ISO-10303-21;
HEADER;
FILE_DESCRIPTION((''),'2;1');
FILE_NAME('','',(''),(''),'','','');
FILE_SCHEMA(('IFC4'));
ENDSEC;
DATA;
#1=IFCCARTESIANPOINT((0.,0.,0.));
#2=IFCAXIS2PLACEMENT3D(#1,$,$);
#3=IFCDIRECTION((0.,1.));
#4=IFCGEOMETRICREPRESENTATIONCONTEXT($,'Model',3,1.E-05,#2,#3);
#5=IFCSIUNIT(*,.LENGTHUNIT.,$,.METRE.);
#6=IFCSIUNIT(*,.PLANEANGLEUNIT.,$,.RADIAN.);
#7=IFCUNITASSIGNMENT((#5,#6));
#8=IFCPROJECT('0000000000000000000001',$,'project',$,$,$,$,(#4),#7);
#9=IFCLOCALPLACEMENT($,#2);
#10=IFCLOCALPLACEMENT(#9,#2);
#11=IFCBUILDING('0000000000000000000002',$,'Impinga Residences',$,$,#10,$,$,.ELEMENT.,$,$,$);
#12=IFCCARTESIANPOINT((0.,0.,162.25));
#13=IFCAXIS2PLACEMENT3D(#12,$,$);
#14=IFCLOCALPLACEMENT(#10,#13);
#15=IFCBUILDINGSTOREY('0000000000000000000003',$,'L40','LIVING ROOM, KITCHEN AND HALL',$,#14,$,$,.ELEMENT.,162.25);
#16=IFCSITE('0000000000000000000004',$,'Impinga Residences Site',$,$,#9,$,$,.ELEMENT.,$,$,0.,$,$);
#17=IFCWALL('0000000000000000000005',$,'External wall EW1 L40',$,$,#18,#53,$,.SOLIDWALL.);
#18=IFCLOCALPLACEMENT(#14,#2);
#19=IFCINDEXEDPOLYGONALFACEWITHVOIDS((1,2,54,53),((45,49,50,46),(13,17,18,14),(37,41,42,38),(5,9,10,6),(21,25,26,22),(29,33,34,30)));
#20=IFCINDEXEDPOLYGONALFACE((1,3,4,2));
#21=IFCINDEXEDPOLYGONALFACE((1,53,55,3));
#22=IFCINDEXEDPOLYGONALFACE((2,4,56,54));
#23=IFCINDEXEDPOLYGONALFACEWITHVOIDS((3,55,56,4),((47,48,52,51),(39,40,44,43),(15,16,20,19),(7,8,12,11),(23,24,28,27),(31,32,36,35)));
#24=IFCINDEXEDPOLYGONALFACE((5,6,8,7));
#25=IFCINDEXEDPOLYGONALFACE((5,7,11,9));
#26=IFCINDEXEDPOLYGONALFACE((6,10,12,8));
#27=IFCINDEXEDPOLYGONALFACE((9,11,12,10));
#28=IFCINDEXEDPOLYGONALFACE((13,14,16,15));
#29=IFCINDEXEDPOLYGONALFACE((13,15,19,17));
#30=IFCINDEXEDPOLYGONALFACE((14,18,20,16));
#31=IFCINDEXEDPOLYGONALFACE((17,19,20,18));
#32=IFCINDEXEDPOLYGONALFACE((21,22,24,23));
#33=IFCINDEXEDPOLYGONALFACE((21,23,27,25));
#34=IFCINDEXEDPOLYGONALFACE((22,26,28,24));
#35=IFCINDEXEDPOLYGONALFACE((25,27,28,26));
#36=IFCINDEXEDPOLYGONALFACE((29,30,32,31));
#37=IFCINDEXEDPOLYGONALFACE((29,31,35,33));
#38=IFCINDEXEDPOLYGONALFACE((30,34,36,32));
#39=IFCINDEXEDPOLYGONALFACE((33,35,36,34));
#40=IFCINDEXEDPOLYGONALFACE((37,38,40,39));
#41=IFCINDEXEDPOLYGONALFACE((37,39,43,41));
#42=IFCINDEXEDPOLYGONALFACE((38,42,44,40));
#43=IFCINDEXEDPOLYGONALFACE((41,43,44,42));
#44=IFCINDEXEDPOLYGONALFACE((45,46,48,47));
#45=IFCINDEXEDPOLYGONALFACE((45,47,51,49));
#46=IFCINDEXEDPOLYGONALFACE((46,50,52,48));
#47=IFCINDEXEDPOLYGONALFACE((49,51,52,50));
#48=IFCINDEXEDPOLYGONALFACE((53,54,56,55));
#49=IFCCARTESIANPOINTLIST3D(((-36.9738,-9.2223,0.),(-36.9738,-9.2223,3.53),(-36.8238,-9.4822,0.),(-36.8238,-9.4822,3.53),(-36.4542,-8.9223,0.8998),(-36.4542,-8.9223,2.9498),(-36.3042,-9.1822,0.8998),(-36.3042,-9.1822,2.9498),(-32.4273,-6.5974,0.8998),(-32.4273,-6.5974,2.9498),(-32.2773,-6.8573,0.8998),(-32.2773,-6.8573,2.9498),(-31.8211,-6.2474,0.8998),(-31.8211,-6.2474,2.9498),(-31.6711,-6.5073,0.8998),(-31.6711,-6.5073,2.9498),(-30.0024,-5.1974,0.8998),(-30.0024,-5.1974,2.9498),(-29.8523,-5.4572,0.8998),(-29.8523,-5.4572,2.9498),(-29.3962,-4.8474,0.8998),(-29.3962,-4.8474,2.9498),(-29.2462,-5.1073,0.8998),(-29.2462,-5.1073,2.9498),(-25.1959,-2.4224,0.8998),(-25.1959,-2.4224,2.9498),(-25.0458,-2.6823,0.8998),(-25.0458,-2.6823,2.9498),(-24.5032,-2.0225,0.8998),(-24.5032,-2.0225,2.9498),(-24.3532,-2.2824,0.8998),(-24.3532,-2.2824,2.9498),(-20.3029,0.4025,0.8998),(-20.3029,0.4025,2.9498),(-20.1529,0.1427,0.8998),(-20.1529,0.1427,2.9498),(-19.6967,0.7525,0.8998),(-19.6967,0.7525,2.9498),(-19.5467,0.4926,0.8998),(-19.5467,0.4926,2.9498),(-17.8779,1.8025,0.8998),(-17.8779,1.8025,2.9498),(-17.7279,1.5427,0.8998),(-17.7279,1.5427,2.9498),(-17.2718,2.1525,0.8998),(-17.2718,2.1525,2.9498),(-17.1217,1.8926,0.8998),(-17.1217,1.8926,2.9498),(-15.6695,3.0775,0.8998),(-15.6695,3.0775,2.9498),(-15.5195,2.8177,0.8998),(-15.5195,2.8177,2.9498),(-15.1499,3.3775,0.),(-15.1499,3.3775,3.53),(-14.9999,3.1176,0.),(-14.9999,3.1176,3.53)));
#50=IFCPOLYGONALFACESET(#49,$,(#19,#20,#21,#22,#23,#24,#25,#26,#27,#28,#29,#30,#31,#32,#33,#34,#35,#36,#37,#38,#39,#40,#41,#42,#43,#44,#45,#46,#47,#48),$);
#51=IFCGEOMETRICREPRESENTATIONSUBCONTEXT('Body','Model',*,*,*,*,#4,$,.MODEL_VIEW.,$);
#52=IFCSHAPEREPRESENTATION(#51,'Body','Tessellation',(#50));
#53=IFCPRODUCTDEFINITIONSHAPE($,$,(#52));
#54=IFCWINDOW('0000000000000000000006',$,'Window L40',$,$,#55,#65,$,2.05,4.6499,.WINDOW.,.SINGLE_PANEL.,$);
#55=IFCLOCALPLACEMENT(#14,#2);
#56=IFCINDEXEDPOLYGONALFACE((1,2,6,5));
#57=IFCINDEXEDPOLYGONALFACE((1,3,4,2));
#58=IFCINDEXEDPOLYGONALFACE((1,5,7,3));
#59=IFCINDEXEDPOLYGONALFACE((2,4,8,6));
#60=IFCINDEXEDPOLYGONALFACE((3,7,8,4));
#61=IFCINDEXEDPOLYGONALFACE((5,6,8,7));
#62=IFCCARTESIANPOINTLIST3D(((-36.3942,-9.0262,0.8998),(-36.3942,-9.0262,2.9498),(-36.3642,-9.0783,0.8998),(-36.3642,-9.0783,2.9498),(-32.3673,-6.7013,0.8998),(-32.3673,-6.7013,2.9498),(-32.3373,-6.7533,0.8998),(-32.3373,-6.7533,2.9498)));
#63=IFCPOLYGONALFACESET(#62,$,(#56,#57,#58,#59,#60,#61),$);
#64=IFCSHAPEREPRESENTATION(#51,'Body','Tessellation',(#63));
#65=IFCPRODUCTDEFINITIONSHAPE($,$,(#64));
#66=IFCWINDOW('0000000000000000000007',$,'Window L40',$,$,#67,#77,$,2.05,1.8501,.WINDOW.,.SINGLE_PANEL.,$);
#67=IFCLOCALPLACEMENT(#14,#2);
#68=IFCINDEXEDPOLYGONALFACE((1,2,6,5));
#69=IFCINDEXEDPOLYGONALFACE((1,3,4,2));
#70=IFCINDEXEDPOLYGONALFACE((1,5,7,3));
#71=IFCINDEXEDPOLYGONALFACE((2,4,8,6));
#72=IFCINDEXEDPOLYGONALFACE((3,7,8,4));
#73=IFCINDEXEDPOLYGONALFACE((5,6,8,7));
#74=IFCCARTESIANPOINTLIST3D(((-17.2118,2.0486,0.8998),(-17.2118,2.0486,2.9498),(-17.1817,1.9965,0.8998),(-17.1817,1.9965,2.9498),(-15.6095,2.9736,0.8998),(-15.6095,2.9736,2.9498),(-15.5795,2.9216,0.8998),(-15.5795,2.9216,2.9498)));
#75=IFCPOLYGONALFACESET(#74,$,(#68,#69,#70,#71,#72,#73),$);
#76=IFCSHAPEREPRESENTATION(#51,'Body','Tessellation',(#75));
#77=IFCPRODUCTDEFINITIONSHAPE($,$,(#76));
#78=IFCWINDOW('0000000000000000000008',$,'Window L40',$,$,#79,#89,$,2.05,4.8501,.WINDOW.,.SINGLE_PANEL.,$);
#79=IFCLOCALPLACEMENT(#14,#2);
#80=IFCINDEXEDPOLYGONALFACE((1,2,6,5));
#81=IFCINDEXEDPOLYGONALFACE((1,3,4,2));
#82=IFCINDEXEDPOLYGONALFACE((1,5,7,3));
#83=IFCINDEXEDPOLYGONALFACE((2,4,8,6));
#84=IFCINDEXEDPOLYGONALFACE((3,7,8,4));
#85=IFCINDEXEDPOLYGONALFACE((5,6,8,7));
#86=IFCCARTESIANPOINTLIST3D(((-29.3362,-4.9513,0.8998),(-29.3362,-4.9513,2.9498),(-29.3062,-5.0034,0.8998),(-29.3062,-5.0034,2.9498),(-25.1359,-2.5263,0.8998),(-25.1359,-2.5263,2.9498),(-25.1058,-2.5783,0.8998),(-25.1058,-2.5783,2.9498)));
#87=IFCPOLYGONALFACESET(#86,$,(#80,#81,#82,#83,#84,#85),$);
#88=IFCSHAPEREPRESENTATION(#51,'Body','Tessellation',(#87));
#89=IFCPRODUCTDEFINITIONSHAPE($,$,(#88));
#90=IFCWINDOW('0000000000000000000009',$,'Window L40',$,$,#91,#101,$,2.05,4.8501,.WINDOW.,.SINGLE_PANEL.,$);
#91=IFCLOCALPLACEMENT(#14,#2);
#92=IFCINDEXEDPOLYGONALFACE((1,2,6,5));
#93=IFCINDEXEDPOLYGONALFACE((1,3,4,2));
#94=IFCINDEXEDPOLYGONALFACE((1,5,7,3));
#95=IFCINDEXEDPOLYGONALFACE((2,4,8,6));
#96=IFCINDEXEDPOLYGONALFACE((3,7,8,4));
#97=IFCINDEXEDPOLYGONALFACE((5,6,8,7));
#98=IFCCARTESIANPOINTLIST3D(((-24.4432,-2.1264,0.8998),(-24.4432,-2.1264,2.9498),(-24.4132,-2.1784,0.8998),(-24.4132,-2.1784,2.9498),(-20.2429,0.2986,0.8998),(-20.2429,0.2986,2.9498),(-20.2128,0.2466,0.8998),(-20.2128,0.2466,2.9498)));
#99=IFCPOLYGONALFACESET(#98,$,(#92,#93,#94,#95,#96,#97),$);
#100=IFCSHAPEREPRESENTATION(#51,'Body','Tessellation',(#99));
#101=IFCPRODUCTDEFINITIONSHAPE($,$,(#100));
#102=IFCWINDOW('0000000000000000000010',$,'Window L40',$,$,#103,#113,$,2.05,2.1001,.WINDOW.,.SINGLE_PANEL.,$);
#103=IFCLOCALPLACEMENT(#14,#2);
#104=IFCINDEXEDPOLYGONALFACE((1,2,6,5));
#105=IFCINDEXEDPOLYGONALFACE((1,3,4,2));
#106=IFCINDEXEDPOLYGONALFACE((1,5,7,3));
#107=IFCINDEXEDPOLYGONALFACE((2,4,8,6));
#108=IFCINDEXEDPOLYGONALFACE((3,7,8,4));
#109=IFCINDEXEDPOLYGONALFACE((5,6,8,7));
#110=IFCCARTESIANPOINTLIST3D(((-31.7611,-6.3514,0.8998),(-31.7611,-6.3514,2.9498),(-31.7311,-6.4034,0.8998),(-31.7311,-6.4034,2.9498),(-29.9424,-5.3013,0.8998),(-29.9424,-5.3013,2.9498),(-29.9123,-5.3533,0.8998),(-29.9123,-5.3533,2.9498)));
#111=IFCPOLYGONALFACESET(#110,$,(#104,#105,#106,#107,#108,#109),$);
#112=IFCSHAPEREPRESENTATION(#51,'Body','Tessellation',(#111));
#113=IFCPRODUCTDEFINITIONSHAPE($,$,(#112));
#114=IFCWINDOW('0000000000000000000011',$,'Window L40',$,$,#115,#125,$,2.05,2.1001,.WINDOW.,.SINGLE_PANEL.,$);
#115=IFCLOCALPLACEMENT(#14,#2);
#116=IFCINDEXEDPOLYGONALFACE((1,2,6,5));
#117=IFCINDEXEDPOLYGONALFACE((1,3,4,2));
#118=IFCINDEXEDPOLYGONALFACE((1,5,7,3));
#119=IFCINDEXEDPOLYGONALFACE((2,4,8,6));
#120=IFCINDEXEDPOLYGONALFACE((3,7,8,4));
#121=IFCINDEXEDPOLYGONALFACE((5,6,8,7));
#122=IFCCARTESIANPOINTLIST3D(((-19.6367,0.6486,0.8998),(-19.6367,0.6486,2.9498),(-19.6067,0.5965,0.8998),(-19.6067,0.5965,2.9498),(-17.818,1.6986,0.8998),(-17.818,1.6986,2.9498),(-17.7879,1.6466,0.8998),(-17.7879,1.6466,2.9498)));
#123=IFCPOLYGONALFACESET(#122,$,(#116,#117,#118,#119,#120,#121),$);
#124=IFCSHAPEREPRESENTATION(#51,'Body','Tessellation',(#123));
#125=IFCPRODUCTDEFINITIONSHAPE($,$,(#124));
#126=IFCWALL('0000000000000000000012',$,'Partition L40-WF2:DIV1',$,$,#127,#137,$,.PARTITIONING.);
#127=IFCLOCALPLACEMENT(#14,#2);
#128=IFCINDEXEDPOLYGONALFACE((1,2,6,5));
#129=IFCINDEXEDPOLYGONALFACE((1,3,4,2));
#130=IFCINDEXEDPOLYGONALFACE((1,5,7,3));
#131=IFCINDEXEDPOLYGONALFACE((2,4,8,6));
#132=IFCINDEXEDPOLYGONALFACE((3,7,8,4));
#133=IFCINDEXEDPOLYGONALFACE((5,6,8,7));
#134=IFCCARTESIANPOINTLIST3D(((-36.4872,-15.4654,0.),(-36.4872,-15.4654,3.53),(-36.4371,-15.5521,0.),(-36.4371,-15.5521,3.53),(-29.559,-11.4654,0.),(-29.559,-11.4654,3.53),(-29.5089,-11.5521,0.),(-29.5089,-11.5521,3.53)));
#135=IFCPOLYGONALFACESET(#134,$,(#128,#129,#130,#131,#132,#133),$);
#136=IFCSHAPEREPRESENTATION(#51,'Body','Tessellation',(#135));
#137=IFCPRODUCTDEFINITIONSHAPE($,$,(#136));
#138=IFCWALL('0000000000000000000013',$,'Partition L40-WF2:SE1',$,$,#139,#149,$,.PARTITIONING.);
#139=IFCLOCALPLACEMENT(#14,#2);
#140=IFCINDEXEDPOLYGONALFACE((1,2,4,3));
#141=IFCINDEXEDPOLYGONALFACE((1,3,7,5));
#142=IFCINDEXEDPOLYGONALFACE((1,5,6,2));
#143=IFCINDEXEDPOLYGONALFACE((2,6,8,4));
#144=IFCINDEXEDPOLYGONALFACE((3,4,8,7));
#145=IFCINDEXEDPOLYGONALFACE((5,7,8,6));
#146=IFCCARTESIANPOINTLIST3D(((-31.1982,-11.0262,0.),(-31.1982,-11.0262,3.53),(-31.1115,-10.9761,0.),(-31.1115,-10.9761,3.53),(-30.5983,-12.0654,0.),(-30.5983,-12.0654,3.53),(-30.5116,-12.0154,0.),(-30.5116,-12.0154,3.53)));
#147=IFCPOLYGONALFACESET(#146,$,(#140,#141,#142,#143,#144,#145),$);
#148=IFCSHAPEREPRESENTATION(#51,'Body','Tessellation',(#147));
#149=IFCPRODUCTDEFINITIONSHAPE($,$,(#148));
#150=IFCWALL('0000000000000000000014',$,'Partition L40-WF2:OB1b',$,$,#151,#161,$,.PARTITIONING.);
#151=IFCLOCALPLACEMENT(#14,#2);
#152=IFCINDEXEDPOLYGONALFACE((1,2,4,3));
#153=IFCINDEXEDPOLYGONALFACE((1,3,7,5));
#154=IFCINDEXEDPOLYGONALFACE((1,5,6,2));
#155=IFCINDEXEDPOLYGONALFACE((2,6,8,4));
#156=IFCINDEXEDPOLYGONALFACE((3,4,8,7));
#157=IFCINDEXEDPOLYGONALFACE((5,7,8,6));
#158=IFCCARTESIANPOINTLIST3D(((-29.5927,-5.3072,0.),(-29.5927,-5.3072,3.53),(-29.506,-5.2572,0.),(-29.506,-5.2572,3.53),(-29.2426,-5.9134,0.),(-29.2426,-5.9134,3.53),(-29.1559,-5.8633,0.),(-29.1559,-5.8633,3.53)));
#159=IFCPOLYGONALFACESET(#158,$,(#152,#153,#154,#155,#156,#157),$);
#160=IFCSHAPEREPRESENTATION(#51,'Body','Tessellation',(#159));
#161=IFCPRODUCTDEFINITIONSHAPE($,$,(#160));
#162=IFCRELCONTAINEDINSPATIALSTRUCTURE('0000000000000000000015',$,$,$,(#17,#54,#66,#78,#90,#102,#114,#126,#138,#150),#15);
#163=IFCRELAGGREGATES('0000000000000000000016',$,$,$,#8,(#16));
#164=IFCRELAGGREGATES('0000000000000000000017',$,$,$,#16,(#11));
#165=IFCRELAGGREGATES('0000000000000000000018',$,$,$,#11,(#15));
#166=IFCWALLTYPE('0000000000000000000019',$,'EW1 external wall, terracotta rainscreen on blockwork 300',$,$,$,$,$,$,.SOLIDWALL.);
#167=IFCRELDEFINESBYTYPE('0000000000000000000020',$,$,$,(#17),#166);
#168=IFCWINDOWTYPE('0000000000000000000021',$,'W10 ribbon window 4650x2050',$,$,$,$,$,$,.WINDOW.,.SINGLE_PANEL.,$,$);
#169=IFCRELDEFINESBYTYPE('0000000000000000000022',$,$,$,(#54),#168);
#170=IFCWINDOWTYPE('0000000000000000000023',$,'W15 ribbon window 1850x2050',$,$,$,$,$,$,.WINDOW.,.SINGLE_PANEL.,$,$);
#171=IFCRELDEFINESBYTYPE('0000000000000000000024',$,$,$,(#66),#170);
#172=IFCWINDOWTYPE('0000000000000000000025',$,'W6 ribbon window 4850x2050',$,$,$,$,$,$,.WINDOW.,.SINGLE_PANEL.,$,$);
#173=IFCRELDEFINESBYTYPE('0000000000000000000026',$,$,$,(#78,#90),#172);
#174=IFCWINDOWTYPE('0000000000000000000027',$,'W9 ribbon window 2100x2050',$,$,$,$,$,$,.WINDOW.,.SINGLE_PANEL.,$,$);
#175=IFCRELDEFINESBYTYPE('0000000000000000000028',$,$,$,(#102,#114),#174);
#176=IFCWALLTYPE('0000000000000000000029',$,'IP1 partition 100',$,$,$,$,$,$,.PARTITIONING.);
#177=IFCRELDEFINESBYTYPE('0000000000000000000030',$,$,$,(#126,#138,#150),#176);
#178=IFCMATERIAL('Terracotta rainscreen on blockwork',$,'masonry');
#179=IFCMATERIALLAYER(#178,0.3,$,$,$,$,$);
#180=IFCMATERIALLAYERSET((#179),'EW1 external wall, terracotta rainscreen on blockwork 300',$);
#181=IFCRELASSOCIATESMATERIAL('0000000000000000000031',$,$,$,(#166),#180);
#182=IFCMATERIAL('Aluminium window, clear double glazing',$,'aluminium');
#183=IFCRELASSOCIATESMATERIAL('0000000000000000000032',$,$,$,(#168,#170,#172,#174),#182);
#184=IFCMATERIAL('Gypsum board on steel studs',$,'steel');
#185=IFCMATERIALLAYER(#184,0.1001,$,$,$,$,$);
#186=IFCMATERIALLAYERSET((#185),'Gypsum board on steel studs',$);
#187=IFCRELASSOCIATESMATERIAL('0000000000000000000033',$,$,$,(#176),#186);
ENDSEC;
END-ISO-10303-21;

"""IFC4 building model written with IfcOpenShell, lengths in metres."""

from ifc_helpers import new_model, si_unit, direction, frame, frame_2d, origin, place, context, subcontext, project, spatial, rectangle, extrude, material, layer, layer_set, type_object, element, fill, save


model = new_model("IFC4")

# Units and contexts
model_context = context("Model", 3, precision=1e-05, world=origin(), true_north=direction((0.0, 1.0)))
body_context = subcontext(model_context, "Body", "Model", "MODEL_VIEW")
ifc_project = project(units=[si_unit("LENGTHUNIT", "METRE"), si_unit("PLANEANGLEUNIT", "RADIAN")], contexts=[model_context])

# Site, building, storey
site_placement = place(None, origin())
site = spatial("IfcSite", under=ifc_project, at=site_placement, Name="Impinga Residences Site", CompositionType="ELEMENT", RefElevation=0.0)
building_placement = place(site_placement, origin())
building = spatial("IfcBuilding", under=site, at=building_placement, Name="Impinga Residences", CompositionType="ELEMENT")
storey_placement = place(building_placement, frame((0.0, 0.0, 162.25)))
storey = spatial("IfcBuildingStorey", under=building, at=storey_placement, Name="L40", Description="LIVING ROOM, KITCHEN AND HALL", CompositionType="ELEMENT", Elevation=162.25)

# Shared definitions
ifc_material_1 = material(Name="Terracotta rainscreen on blockwork", Category="masonry")
ifc_layer_1 = layer(ifc_material_1, 0.3)
ifc_layer_set_1 = layer_set([ifc_layer_1], Name="EW1 external wall, terracotta rainscreen on blockwork 300")
wall_type_1 = type_object("IfcWallType", Name="EW1 external wall, terracotta rainscreen on blockwork 300", PredefinedType="SOLIDWALL", material=ifc_layer_set_1)

# Wall, openings, windows
wall_1_placement = place(storey_placement, frame((-36.8989, -9.3523, 0.0), z_axis=(0.0, 0.0, 1.0), x_axis=(0.866029, 0.499993, 0.0)))
wall_1 = element("IfcWall", 1, at=wall_1_placement, inside=storey, type_object=wall_type_1, Name="External wall EW1 L40", PredefinedType="SOLIDWALL", context=body_context, shape_type="SweptSolid", body=[
    extrude(rectangle(XDim=25.2, YDim=0.3, at=frame_2d((12.6001, 0.0))), origin(), (0.0, 0.0, 1.0), 3.53),
])
opening_1_placement = place(wall_1_placement, frame((0.6001, 0.0, 0.8999)))
opening_1 = element("IfcOpeningElement", 2, at=opening_1_placement, cuts=wall_1, PredefinedType="OPENING", context=body_context, shape_type="SweptSolid", body=[
    extrude(rectangle(XDim=4.6499, YDim=2.05, at=frame_2d((2.325, 1.0249))), frame((0.0, 0.1599, 0.0), z_axis=(0.0, -1.0, 0.0), x_axis=(1.0, 0.0, 0.0)), (0.0, 0.0, 1.0), 0.3201),
])
opening_2_placement = place(wall_1_placement, frame((5.95, 0.0, 0.8999)))
opening_2 = element("IfcOpeningElement", 3, at=opening_2_placement, cuts=wall_1, PredefinedType="OPENING", context=body_context, shape_type="SweptSolid", body=[
    extrude(rectangle(XDim=2.1001, YDim=2.05, at=frame_2d((1.05, 1.0249))), frame((0.0, 0.1599, 0.0), z_axis=(0.0, -1.0, 0.0), x_axis=(1.0, 0.0, 0.0)), (0.0, 0.0, 1.0), 0.3201),
])
opening_3_placement = place(wall_1_placement, frame((8.75, 0.0, 0.8999)))
opening_3 = element("IfcOpeningElement", 4, at=opening_3_placement, cuts=wall_1, PredefinedType="OPENING", context=body_context, shape_type="SweptSolid", body=[
    extrude(rectangle(XDim=4.8501, YDim=2.05, at=frame_2d((2.425, 1.0249))), frame((0.0, 0.1599, 0.0), z_axis=(0.0, -1.0, 0.0), x_axis=(1.0, 0.0, 0.0)), (0.0, 0.0, 1.0), 0.3201),
])
opening_4_placement = place(wall_1_placement, frame((14.3999, 0.0, 0.8999)))
opening_4 = element("IfcOpeningElement", 5, at=opening_4_placement, cuts=wall_1, PredefinedType="OPENING", context=body_context, shape_type="SweptSolid", body=[
    extrude(rectangle(XDim=4.8501, YDim=2.05, at=frame_2d((2.425, 1.0249))), frame((0.0, 0.1599, 0.0), z_axis=(0.0, -1.0, 0.0), x_axis=(1.0, 0.0, 0.0)), (0.0, 0.0, 1.0), 0.3201),
])
opening_5_placement = place(wall_1_placement, frame((19.95, 0.0, 0.8999)))
opening_5 = element("IfcOpeningElement", 6, at=opening_5_placement, cuts=wall_1, PredefinedType="OPENING", context=body_context, shape_type="SweptSolid", body=[
    extrude(rectangle(XDim=2.1001, YDim=2.05, at=frame_2d((1.05, 1.0249))), frame((0.0, 0.1599, 0.0), z_axis=(0.0, -1.0, 0.0), x_axis=(1.0, 0.0, 0.0)), (0.0, 0.0, 1.0), 0.3201),
])
opening_6_placement = place(wall_1_placement, frame((22.75, 0.0, 0.8999)))
opening_6 = element("IfcOpeningElement", 7, at=opening_6_placement, cuts=wall_1, PredefinedType="OPENING", context=body_context, shape_type="SweptSolid", body=[
    extrude(rectangle(XDim=1.8501, YDim=2.05, at=frame_2d((0.925, 1.0249))), frame((0.0, 0.1599, 0.0), z_axis=(0.0, -1.0, 0.0), x_axis=(1.0, 0.0, 0.0)), (0.0, 0.0, 1.0), 0.3201),
])
ifc_material_2 = material(Name="Aluminium window, clear double glazing", Category="aluminium")
window_type_1 = type_object("IfcWindowType", Name="W10 ribbon window 4650x2050", PartitioningType="SINGLE_PANEL", PredefinedType="WINDOW", material=ifc_material_2)
window_1_placement = place(opening_1_placement, origin())
window_1 = element("IfcWindow", 8, at=window_1_placement, inside=storey, type_object=window_type_1, Name="Window L40", OverallHeight=2.05, OverallWidth=4.6499, PartitioningType="SINGLE_PANEL", PredefinedType="WINDOW", context=body_context, shape_type="SweptSolid", body=[
    extrude(rectangle(XDim=4.6499, YDim=2.05, at=frame_2d((2.325, 1.0249))), frame((0.0, 0.03, 0.0), z_axis=(0.0, -1.0, 0.0), x_axis=(1.0, 0.0, 0.0)), (0.0, 0.0, 1.0), 0.0601),
])
fill(opening_1, window_1)
window_type_2 = type_object("IfcWindowType", Name="W15 ribbon window 1850x2050", PartitioningType="SINGLE_PANEL", PredefinedType="WINDOW", material=ifc_material_2)
window_2_placement = place(opening_6_placement, origin())
window_2 = element("IfcWindow", 9, at=window_2_placement, inside=storey, type_object=window_type_2, Name="Window L40", OverallHeight=2.05, OverallWidth=1.8501, PartitioningType="SINGLE_PANEL", PredefinedType="WINDOW", context=body_context, shape_type="SweptSolid", body=[
    extrude(rectangle(XDim=1.8501, YDim=2.05, at=frame_2d((0.925, 1.0249))), frame((0.0, 0.03, 0.0), z_axis=(0.0, -1.0, 0.0), x_axis=(1.0, 0.0, 0.0)), (0.0, 0.0, 1.0), 0.0601),
])
fill(opening_6, window_2)
window_type_3 = type_object("IfcWindowType", Name="W6 ribbon window 4850x2050", PartitioningType="SINGLE_PANEL", PredefinedType="WINDOW", material=ifc_material_2)
window_3_placement = place(opening_3_placement, origin())
window_3 = element("IfcWindow", 10, at=window_3_placement, inside=storey, type_object=window_type_3, Name="Window L40", OverallHeight=2.05, OverallWidth=4.8501, PartitioningType="SINGLE_PANEL", PredefinedType="WINDOW", context=body_context, shape_type="SweptSolid", body=[
    extrude(rectangle(XDim=4.8501, YDim=2.05, at=frame_2d((2.425, 1.0249))), frame((0.0, 0.03, 0.0), z_axis=(0.0, -1.0, 0.0), x_axis=(1.0, 0.0, 0.0)), (0.0, 0.0, 1.0), 0.0601),
])
fill(opening_3, window_3)
window_4_placement = place(opening_4_placement, origin())
window_4 = element("IfcWindow", 11, at=window_4_placement, inside=storey, type_object=window_type_3, Name="Window L40", OverallHeight=2.05, OverallWidth=4.8501, PartitioningType="SINGLE_PANEL", PredefinedType="WINDOW", context=body_context, shape_type="SweptSolid", body=[
    extrude(rectangle(XDim=4.8501, YDim=2.05, at=frame_2d((2.425, 1.0249))), frame((0.0, 0.03, 0.0), z_axis=(0.0, -1.0, 0.0), x_axis=(1.0, 0.0, 0.0)), (0.0, 0.0, 1.0), 0.0601),
])
fill(opening_4, window_4)
window_type_4 = type_object("IfcWindowType", Name="W9 ribbon window 2100x2050", PartitioningType="SINGLE_PANEL", PredefinedType="WINDOW", material=ifc_material_2)
window_5_placement = place(opening_2_placement, origin())
window_5 = element("IfcWindow", 12, at=window_5_placement, inside=storey, type_object=window_type_4, Name="Window L40", OverallHeight=2.05, OverallWidth=2.1001, PartitioningType="SINGLE_PANEL", PredefinedType="WINDOW", context=body_context, shape_type="SweptSolid", body=[
    extrude(rectangle(XDim=2.1001, YDim=2.05, at=frame_2d((1.05, 1.0249))), frame((0.0, 0.03, 0.0), z_axis=(0.0, -1.0, 0.0), x_axis=(1.0, 0.0, 0.0)), (0.0, 0.0, 1.0), 0.0601),
])
fill(opening_2, window_5)
window_6_placement = place(opening_5_placement, origin())
window_6 = element("IfcWindow", 13, at=window_6_placement, inside=storey, type_object=window_type_4, Name="Window L40", OverallHeight=2.05, OverallWidth=2.1001, PartitioningType="SINGLE_PANEL", PredefinedType="WINDOW", context=body_context, shape_type="SweptSolid", body=[
    extrude(rectangle(XDim=2.1001, YDim=2.05, at=frame_2d((1.05, 1.0249))), frame((0.0, 0.03, 0.0), z_axis=(0.0, -1.0, 0.0), x_axis=(1.0, 0.0, 0.0)), (0.0, 0.0, 1.0), 0.0601),
])
fill(opening_5, window_6)

# Walls
ifc_material_3 = material(Name="Gypsum board on steel studs", Category="steel")
ifc_layer_2 = layer(ifc_material_3, 0.1001)
ifc_layer_set_2 = layer_set([ifc_layer_2], Name="Gypsum board on steel studs")
wall_type_2 = type_object("IfcWallType", Name="IP1 partition 100", PredefinedType="PARTITIONING", material=ifc_layer_set_2)
wall_2_placement = place(storey_placement, frame((-29.5339, -11.5088, 0.0), z_axis=(0.0, 0.0, 1.0), x_axis=(-0.866026, -0.499999, 0.0)))
element("IfcWall", 14, at=wall_2_placement, inside=storey, type_object=wall_type_2, Name="Partition L40-WF2:DIV1", PredefinedType="PARTITIONING", context=body_context, shape_type="SweptSolid", body=[
    extrude(rectangle(XDim=8.0, YDim=0.1001, at=frame_2d((4.0, 0.0))), origin(), (0.0, 0.0, 1.0), 3.53),
])
wall_3_placement = place(storey_placement, frame((-30.5549, -12.0405, 0.0), z_axis=(0.0, 0.0, 1.0), x_axis=(-0.499881, 0.866094, 0.0)))
element("IfcWall", 15, at=wall_3_placement, inside=storey, type_object=wall_type_2, Name="Partition L40-WF2:SE1", PredefinedType="PARTITIONING", context=body_context, shape_type="SweptSolid", body=[
    extrude(rectangle(XDim=1.2, YDim=0.1001, at=frame_2d((0.6001, 0.0))), origin(), (0.0, 0.0, 1.0), 3.53),
])
wall_4_placement = place(storey_placement, frame((-29.1992, -5.8884, 0.0), z_axis=(0.0, 0.0, 1.0), x_axis=(-0.500115, 0.865959, 0.0)))
element("IfcWall", 16, at=wall_4_placement, inside=storey, type_object=wall_type_2, Name="Partition L40-WF2:OB1b", PredefinedType="PARTITIONING", context=body_context, shape_type="SweptSolid", body=[
    extrude(rectangle(XDim=0.7, YDim=0.1001, at=frame_2d((0.3501, 0.0))), origin(), (0.0, 0.0, 1.0), 3.53),
])

save(model, "model.ifc")
